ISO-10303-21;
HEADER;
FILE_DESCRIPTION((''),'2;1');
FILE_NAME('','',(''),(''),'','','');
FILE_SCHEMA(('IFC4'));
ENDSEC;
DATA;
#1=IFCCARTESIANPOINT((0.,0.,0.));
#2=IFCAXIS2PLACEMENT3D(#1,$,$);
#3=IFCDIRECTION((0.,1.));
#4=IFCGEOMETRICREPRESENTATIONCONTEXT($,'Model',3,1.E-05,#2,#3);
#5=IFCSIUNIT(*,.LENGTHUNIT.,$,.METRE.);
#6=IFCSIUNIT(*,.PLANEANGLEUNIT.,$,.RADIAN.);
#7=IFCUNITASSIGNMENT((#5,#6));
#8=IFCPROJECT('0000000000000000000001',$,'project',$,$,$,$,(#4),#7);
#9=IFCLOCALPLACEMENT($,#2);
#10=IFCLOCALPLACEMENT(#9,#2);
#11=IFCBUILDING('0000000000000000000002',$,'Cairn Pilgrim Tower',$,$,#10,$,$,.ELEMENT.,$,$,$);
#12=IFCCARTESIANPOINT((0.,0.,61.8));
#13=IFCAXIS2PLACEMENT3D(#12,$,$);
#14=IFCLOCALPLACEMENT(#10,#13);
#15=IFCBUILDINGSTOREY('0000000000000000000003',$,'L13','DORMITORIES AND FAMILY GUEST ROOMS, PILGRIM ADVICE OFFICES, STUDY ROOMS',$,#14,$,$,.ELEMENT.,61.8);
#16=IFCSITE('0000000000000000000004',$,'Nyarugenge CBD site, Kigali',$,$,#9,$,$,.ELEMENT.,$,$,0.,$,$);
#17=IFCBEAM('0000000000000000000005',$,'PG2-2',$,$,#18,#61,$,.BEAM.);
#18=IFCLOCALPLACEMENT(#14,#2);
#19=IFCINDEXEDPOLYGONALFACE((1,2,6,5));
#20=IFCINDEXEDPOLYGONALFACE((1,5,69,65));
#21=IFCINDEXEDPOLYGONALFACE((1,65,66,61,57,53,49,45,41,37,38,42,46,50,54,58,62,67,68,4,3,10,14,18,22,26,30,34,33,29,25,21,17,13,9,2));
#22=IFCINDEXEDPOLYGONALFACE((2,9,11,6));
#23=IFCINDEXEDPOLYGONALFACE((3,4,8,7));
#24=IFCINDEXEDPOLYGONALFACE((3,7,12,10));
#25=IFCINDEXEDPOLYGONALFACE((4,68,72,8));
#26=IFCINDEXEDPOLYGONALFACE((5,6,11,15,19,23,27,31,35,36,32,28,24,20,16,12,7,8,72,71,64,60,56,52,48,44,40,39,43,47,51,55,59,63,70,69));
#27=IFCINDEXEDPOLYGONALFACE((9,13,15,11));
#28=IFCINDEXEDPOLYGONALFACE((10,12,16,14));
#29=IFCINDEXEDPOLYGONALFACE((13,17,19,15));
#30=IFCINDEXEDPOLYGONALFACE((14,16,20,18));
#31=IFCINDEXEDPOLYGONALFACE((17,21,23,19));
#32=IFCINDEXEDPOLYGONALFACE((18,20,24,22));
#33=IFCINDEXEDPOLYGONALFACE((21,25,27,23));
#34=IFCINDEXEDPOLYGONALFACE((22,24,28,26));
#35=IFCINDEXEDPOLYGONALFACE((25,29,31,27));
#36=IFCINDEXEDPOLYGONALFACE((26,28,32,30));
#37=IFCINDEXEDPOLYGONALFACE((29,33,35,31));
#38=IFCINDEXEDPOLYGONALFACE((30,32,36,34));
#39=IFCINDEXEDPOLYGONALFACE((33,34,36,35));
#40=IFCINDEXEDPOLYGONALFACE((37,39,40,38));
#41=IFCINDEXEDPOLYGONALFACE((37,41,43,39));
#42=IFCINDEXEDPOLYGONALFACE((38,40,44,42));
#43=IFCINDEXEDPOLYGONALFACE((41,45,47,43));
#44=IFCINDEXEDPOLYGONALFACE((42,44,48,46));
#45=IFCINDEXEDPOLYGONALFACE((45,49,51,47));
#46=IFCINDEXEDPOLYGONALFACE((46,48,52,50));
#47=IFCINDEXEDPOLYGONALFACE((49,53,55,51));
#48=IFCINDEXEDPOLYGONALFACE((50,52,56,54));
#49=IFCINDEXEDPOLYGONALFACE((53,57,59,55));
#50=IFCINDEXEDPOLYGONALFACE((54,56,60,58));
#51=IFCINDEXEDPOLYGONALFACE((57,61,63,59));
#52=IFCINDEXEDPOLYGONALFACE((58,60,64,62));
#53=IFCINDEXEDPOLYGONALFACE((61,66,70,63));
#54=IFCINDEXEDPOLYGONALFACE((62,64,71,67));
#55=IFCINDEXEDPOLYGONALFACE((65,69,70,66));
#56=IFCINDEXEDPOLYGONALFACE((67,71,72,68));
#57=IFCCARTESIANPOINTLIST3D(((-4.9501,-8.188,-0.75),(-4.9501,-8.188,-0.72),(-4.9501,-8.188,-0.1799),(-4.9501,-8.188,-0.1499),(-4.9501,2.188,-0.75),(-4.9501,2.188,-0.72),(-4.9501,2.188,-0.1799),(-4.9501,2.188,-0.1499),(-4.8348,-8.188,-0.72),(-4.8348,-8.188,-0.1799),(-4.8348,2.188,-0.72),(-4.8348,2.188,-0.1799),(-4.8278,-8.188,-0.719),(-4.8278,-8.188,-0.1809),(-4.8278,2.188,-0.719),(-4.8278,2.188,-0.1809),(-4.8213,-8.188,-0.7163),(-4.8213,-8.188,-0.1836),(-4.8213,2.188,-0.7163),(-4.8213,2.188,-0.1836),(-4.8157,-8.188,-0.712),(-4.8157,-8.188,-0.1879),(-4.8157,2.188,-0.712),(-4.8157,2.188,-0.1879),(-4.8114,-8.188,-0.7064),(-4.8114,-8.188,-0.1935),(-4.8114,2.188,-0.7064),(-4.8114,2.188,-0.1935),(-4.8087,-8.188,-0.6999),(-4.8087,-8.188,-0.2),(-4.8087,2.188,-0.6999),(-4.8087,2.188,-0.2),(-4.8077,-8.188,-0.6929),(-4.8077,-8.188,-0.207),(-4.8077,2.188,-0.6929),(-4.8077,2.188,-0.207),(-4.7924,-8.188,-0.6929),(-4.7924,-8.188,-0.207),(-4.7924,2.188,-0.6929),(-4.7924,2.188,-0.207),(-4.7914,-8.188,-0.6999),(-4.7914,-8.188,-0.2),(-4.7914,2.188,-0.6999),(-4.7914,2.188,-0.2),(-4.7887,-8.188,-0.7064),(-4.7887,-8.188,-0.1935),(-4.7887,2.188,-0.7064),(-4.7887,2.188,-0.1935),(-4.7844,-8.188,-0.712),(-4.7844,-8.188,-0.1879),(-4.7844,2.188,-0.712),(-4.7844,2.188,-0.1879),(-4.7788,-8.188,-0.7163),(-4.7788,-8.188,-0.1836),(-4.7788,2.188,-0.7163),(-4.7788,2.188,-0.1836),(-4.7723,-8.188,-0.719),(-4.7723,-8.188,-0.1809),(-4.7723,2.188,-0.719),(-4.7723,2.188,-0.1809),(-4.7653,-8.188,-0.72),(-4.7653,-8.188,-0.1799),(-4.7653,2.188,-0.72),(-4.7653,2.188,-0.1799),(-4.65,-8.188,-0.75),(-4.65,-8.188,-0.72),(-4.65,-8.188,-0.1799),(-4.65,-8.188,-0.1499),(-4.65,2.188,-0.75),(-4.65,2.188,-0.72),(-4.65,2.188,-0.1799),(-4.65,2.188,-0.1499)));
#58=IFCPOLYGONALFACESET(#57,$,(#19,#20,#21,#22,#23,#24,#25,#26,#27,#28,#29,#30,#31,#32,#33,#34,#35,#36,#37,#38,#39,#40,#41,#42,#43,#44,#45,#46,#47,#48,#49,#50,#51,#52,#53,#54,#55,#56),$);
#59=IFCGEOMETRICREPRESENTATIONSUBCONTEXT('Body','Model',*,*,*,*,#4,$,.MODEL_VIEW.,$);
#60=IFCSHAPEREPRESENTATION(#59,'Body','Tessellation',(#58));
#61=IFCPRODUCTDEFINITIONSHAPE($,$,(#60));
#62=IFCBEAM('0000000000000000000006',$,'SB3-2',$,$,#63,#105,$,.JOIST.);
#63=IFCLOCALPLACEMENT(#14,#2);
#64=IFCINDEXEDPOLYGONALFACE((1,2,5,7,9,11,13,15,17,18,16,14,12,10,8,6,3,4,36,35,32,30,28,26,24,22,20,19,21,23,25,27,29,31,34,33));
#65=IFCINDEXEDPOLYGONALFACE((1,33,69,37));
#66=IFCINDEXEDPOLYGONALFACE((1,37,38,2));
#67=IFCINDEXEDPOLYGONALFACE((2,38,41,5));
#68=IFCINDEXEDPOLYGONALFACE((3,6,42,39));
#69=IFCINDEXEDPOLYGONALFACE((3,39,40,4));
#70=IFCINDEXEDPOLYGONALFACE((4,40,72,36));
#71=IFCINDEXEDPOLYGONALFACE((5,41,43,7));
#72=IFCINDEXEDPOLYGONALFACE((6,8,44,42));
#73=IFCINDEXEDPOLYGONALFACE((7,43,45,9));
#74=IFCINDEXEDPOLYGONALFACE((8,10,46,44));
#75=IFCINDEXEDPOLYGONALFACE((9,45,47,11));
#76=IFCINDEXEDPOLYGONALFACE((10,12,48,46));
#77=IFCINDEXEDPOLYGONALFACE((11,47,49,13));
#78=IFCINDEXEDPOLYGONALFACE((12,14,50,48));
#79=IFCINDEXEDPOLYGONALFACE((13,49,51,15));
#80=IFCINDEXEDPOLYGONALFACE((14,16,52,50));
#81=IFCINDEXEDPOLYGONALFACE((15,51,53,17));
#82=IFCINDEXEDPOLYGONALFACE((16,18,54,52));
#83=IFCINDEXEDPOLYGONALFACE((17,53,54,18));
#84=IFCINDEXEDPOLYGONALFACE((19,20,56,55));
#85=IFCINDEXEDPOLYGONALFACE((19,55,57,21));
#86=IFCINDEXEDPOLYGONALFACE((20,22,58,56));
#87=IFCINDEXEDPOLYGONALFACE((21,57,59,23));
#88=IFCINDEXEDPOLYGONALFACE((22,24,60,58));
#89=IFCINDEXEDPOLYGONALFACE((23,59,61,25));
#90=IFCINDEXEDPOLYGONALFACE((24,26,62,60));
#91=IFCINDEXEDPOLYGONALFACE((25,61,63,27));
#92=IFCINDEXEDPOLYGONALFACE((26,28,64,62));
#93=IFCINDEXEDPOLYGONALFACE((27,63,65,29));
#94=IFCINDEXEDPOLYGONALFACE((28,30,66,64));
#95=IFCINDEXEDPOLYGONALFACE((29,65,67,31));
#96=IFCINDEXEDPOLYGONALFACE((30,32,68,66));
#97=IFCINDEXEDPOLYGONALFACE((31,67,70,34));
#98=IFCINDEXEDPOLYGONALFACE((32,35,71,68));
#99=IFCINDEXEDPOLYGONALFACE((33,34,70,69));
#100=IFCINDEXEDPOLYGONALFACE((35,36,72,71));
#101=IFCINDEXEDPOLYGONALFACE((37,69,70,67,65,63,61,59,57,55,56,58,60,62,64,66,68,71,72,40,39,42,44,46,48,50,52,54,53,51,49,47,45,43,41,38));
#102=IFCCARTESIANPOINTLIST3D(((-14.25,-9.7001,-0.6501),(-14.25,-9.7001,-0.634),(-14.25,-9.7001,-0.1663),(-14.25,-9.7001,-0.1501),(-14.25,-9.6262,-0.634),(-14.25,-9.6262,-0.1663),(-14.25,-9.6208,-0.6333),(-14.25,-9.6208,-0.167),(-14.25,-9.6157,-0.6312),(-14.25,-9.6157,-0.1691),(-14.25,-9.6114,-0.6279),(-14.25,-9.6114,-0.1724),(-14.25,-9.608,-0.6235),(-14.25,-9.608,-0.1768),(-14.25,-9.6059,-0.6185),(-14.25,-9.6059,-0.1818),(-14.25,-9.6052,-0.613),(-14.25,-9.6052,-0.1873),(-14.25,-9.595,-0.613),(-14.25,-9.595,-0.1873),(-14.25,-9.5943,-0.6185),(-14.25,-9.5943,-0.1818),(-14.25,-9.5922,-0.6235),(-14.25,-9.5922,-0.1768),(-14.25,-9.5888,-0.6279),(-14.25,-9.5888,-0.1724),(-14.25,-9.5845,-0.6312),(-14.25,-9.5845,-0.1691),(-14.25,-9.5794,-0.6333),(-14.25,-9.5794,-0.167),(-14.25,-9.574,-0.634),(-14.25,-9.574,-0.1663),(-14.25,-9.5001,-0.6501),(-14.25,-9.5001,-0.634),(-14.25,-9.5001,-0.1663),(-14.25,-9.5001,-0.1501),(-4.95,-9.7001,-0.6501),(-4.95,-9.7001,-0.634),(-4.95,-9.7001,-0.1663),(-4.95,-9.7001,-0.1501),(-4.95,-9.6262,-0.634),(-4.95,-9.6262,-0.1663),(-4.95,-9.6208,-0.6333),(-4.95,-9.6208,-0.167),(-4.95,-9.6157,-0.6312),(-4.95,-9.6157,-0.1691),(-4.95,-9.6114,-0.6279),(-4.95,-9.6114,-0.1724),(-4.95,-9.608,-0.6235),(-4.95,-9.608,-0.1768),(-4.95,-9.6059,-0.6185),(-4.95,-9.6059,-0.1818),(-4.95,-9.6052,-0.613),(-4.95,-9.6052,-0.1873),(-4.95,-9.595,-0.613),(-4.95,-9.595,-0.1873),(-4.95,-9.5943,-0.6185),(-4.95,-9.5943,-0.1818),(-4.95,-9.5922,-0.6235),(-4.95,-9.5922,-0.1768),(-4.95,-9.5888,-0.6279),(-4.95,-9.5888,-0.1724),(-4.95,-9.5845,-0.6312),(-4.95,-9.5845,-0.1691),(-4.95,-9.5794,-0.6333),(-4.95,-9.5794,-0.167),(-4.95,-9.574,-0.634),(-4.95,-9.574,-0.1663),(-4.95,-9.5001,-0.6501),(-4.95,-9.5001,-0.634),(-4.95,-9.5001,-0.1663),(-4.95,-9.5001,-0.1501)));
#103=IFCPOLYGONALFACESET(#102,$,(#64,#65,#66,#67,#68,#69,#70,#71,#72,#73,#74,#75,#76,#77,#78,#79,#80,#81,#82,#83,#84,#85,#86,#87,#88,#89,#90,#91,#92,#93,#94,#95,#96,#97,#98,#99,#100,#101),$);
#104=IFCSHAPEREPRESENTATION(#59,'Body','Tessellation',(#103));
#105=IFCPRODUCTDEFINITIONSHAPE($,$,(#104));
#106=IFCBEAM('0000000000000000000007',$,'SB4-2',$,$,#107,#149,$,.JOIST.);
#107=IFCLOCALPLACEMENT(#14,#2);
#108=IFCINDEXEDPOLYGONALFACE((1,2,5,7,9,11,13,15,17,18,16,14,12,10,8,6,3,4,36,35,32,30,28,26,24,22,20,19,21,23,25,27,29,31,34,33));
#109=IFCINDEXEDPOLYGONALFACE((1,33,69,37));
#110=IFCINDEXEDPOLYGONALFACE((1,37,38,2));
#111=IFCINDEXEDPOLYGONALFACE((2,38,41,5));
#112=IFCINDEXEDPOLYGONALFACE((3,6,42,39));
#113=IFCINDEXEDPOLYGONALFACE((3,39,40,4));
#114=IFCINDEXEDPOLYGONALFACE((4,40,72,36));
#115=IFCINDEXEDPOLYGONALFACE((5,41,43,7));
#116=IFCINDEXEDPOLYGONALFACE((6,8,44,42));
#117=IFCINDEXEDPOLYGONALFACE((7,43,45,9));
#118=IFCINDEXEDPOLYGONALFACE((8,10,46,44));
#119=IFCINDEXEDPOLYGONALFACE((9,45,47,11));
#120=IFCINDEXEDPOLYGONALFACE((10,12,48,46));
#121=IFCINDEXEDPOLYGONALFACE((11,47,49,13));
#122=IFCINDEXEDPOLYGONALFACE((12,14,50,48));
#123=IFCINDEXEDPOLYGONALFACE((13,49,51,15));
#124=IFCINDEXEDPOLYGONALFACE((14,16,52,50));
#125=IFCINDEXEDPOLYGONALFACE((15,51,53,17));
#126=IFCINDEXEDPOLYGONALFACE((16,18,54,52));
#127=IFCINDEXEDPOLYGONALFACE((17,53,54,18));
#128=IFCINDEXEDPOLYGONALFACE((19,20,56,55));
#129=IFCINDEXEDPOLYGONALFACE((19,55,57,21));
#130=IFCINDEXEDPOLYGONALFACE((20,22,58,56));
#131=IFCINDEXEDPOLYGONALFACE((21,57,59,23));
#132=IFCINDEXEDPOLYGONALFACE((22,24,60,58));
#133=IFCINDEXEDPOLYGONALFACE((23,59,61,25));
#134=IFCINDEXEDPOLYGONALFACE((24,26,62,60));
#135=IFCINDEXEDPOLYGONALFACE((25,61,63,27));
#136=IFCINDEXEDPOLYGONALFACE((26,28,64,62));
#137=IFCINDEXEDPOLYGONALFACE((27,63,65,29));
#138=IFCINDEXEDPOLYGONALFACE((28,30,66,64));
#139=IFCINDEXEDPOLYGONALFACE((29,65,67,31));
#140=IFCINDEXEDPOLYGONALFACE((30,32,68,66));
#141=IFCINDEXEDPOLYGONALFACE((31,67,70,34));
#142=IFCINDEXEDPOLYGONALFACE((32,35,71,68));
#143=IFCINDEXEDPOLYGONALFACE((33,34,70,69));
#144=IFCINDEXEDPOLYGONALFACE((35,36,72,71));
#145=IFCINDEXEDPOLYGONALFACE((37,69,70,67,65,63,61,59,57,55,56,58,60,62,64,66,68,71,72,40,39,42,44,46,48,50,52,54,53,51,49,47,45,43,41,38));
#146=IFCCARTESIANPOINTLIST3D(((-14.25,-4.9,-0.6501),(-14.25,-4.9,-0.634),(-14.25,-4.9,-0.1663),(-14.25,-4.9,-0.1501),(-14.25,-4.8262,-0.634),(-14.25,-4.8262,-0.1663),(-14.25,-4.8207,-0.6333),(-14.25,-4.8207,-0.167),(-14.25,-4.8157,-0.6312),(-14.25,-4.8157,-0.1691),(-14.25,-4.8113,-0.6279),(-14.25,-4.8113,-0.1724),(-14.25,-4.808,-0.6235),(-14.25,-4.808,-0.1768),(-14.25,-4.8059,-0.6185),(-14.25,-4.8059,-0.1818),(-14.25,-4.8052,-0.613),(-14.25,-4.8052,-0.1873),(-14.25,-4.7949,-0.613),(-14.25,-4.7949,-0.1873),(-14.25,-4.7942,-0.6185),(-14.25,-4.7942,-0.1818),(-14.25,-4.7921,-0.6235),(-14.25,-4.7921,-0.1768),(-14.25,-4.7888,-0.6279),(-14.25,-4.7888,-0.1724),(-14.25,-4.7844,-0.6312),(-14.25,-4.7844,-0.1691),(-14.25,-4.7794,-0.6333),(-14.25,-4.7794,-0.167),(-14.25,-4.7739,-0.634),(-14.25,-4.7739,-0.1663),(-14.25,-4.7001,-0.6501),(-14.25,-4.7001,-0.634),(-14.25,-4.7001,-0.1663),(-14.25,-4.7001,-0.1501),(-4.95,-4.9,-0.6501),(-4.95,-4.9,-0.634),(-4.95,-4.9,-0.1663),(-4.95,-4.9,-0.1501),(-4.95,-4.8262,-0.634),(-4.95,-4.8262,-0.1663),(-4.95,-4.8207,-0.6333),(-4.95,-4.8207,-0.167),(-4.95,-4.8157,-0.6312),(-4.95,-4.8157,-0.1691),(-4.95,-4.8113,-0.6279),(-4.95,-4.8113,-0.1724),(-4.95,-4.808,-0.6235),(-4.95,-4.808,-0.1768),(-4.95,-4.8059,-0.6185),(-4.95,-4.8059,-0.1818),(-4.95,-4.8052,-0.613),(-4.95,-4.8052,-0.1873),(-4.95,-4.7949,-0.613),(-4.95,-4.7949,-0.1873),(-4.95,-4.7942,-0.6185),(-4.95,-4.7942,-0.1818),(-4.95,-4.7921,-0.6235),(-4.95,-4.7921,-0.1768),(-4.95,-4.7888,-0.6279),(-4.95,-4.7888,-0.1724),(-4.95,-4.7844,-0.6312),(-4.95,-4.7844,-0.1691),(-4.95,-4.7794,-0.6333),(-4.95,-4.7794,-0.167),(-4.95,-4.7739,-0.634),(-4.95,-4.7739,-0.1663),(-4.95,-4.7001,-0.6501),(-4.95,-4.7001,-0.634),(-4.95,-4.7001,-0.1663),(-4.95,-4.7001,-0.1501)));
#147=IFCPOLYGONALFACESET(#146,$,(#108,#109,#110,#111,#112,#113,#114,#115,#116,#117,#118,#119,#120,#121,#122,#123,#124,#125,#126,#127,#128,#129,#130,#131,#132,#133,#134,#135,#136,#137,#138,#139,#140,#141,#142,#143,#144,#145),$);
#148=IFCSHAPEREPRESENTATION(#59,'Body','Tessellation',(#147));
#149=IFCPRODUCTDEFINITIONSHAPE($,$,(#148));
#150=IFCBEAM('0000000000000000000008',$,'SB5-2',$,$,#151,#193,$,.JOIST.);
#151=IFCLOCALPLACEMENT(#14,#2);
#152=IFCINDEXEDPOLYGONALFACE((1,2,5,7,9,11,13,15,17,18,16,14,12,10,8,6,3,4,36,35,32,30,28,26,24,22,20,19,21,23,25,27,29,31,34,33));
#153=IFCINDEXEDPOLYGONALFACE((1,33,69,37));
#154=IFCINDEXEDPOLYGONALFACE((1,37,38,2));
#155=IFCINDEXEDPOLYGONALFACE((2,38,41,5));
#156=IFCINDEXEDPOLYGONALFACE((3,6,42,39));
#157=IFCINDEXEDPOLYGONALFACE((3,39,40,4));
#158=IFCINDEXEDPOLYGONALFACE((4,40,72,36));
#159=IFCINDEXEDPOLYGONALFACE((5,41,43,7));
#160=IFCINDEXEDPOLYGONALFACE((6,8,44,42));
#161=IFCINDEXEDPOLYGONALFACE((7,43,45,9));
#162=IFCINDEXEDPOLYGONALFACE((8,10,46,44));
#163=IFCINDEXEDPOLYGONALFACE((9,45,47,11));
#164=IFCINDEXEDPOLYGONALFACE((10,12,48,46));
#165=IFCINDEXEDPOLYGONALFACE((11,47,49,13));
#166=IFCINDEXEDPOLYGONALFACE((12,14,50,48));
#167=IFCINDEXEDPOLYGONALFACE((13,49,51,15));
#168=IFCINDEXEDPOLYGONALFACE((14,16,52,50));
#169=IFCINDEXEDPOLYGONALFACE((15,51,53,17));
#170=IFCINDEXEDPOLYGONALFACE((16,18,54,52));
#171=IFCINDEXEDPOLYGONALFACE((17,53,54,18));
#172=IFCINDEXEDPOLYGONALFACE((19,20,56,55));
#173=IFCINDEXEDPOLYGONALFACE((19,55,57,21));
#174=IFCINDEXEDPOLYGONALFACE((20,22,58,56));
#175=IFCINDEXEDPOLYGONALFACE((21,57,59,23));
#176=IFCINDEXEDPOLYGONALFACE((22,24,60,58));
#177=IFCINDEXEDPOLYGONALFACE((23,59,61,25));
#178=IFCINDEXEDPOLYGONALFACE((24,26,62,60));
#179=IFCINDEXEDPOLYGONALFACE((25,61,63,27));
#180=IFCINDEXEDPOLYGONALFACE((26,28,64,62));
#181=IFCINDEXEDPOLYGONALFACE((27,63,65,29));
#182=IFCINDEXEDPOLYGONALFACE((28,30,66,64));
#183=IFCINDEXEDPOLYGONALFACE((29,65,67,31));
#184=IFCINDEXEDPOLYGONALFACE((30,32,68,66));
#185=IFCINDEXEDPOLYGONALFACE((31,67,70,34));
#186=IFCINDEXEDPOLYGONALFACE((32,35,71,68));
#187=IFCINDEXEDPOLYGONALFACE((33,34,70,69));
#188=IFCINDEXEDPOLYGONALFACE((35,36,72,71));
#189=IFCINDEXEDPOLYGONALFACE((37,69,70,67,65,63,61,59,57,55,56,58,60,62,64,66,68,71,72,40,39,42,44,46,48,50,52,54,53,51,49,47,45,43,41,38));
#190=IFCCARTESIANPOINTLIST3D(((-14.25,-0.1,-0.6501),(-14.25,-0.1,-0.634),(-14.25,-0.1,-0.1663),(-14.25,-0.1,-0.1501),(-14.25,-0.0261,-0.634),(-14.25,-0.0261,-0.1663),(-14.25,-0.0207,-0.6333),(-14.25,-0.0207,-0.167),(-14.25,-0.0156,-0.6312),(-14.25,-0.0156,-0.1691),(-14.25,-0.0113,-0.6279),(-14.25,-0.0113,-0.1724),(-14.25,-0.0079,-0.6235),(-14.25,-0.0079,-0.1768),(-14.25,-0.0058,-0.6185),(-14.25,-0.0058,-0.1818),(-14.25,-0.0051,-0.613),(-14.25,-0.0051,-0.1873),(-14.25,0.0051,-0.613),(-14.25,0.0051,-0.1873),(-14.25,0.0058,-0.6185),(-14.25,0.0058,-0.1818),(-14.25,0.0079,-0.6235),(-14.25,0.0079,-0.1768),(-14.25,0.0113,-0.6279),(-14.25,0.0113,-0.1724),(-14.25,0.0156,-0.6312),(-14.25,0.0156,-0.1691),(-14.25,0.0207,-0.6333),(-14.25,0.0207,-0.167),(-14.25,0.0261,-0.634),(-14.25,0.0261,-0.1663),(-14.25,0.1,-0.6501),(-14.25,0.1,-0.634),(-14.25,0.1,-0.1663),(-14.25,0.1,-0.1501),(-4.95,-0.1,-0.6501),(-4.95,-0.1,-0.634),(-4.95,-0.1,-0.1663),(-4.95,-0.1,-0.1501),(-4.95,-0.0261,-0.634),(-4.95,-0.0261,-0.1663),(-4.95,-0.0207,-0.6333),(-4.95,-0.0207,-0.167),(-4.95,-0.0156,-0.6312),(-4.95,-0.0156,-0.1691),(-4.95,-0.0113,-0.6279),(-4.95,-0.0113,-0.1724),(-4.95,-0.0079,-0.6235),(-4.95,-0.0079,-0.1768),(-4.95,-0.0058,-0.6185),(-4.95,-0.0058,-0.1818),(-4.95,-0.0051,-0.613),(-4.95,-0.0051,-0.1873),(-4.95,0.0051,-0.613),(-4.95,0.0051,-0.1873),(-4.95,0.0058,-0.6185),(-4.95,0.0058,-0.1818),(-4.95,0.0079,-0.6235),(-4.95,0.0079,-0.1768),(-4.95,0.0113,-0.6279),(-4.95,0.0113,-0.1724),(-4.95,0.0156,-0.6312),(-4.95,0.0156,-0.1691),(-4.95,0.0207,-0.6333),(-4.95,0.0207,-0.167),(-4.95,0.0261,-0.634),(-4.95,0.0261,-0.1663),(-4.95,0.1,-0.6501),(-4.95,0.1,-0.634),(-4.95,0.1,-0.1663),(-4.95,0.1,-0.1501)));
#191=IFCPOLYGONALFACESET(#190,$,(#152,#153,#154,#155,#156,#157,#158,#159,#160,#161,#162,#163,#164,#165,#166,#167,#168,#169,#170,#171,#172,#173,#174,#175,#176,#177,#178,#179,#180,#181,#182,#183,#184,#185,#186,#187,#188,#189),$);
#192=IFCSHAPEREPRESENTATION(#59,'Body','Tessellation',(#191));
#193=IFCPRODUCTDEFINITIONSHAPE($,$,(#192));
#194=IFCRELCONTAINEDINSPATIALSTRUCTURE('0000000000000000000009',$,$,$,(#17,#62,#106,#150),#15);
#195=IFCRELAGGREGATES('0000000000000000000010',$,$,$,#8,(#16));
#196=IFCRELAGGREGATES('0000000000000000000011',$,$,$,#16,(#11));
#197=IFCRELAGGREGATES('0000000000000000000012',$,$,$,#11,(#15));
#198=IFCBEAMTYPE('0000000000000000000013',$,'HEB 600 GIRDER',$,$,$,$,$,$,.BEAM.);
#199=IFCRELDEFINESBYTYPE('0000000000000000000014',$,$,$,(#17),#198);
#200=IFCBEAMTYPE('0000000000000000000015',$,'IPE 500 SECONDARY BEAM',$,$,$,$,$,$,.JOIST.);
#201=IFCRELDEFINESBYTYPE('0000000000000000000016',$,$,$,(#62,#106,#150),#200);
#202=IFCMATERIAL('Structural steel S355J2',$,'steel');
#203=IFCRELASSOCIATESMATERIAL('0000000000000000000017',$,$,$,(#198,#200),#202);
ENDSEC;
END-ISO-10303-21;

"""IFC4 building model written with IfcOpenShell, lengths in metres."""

from ifc_helpers import new_model, si_unit, direction, frame, origin, origin_2d, place, context, subcontext, project, spatial, i_section, extrude, material, material_profile, profile_set, type_object, element, save


model = new_model("IFC4")

# Units and contexts
model_context = context("Model", 3, precision=1e-05, world=origin(), true_north=direction((0.0, 1.0)))
body_context = subcontext(model_context, "Body", "Model", "MODEL_VIEW")
ifc_project = project(units=[si_unit("LENGTHUNIT", "METRE"), si_unit("PLANEANGLEUNIT", "RADIAN")], contexts=[model_context])

# Site, building, storey
site_placement = place(None, origin())
site = spatial("IfcSite", under=ifc_project, at=site_placement, Name="Nyarugenge CBD site, Kigali", CompositionType="ELEMENT", RefElevation=0.0)
building_placement = place(site_placement, origin())
building = spatial("IfcBuilding", under=site, at=building_placement, Name="Cairn Pilgrim Tower", CompositionType="ELEMENT")
storey_placement = place(building_placement, frame((0.0, 0.0, 61.8)))
storey = spatial("IfcBuildingStorey", under=building, at=storey_placement, Name="L13", Description="DORMITORIES AND FAMILY GUEST ROOMS, PILGRIM ADVICE OFFICES, STUDY ROOMS", CompositionType="ELEMENT", Elevation=61.8)

# Beams
ifc_material_1 = material(Name="Structural steel S355J2", Category="steel")
ifc_material_profile_1 = material_profile(ifc_material_1, i_section(OverallWidth=0.3, OverallDepth=0.6001, WebThickness=0.0154, FlangeThickness=0.03, FilletRadius=0.0271, at=origin_2d()), Name="HEB 600")
ifc_profile_set_1 = profile_set([ifc_material_profile_1], Name="Structural steel S355J2")
beam_type_1 = type_object("IfcBeamType", Name="HEB 600 GIRDER", PredefinedType="BEAM", material=ifc_profile_set_1)
beam_1_placement = place(storey_placement, frame((-4.8, -8.188, -0.45), z_axis=(0.0, 1.0, 0.0), x_axis=(-1.0, 0.0, 0.0)))
element("IfcBeam", 1, at=beam_1_placement, inside=storey, type_object=beam_type_1, Name="PG2-2", PredefinedType="BEAM", context=body_context, shape_type="SweptSolid", body=[
    extrude(i_section(OverallWidth=0.3, OverallDepth=0.6001, WebThickness=0.0154, FlangeThickness=0.03, FilletRadius=0.0271, at=origin_2d()), origin(), (0.0, 0.0, 1.0), 10.376),
])
ifc_material_profile_2 = material_profile(ifc_material_1, i_section(OverallWidth=0.2, OverallDepth=0.5, WebThickness=0.0103, FlangeThickness=0.0161, FilletRadius=0.021, at=origin_2d()), Name="IPE 500")
ifc_profile_set_2 = profile_set([ifc_material_profile_2], Name="Structural steel S355J2")
beam_type_2 = type_object("IfcBeamType", Name="IPE 500 SECONDARY BEAM", PredefinedType="JOIST", material=ifc_profile_set_2)
for number, where, z_axis, x_axis, name in (
    (2, (-14.25, -9.6001, -0.4001), (1.0, 0.0, 0.0), (0.0, 1.0, 0.0), "SB3-2"),
    (3, (-14.25, -4.8, -0.4001), (1.0, 0.0, 0.0), (0.0, 1.0, 0.0), "SB4-2"),
    (4, (-14.25, 0.0, -0.4001), (1.0, 0.0, 0.0), (0.0, 1.0, 0.0), "SB5-2"),
):
    element("IfcBeam", number, at=place(storey_placement, frame(where, z_axis=z_axis, x_axis=x_axis)), inside=storey, type_object=beam_type_2, Name=name, PredefinedType="JOIST", context=body_context, shape_type="SweptSolid", body=[
        extrude(i_section(OverallWidth=0.2, OverallDepth=0.5, WebThickness=0.0103, FlangeThickness=0.0161, FilletRadius=0.021, at=origin_2d()), origin(), (0.0, 0.0, 1.0), 9.3),
    ])

save(model, "model.ifc")
